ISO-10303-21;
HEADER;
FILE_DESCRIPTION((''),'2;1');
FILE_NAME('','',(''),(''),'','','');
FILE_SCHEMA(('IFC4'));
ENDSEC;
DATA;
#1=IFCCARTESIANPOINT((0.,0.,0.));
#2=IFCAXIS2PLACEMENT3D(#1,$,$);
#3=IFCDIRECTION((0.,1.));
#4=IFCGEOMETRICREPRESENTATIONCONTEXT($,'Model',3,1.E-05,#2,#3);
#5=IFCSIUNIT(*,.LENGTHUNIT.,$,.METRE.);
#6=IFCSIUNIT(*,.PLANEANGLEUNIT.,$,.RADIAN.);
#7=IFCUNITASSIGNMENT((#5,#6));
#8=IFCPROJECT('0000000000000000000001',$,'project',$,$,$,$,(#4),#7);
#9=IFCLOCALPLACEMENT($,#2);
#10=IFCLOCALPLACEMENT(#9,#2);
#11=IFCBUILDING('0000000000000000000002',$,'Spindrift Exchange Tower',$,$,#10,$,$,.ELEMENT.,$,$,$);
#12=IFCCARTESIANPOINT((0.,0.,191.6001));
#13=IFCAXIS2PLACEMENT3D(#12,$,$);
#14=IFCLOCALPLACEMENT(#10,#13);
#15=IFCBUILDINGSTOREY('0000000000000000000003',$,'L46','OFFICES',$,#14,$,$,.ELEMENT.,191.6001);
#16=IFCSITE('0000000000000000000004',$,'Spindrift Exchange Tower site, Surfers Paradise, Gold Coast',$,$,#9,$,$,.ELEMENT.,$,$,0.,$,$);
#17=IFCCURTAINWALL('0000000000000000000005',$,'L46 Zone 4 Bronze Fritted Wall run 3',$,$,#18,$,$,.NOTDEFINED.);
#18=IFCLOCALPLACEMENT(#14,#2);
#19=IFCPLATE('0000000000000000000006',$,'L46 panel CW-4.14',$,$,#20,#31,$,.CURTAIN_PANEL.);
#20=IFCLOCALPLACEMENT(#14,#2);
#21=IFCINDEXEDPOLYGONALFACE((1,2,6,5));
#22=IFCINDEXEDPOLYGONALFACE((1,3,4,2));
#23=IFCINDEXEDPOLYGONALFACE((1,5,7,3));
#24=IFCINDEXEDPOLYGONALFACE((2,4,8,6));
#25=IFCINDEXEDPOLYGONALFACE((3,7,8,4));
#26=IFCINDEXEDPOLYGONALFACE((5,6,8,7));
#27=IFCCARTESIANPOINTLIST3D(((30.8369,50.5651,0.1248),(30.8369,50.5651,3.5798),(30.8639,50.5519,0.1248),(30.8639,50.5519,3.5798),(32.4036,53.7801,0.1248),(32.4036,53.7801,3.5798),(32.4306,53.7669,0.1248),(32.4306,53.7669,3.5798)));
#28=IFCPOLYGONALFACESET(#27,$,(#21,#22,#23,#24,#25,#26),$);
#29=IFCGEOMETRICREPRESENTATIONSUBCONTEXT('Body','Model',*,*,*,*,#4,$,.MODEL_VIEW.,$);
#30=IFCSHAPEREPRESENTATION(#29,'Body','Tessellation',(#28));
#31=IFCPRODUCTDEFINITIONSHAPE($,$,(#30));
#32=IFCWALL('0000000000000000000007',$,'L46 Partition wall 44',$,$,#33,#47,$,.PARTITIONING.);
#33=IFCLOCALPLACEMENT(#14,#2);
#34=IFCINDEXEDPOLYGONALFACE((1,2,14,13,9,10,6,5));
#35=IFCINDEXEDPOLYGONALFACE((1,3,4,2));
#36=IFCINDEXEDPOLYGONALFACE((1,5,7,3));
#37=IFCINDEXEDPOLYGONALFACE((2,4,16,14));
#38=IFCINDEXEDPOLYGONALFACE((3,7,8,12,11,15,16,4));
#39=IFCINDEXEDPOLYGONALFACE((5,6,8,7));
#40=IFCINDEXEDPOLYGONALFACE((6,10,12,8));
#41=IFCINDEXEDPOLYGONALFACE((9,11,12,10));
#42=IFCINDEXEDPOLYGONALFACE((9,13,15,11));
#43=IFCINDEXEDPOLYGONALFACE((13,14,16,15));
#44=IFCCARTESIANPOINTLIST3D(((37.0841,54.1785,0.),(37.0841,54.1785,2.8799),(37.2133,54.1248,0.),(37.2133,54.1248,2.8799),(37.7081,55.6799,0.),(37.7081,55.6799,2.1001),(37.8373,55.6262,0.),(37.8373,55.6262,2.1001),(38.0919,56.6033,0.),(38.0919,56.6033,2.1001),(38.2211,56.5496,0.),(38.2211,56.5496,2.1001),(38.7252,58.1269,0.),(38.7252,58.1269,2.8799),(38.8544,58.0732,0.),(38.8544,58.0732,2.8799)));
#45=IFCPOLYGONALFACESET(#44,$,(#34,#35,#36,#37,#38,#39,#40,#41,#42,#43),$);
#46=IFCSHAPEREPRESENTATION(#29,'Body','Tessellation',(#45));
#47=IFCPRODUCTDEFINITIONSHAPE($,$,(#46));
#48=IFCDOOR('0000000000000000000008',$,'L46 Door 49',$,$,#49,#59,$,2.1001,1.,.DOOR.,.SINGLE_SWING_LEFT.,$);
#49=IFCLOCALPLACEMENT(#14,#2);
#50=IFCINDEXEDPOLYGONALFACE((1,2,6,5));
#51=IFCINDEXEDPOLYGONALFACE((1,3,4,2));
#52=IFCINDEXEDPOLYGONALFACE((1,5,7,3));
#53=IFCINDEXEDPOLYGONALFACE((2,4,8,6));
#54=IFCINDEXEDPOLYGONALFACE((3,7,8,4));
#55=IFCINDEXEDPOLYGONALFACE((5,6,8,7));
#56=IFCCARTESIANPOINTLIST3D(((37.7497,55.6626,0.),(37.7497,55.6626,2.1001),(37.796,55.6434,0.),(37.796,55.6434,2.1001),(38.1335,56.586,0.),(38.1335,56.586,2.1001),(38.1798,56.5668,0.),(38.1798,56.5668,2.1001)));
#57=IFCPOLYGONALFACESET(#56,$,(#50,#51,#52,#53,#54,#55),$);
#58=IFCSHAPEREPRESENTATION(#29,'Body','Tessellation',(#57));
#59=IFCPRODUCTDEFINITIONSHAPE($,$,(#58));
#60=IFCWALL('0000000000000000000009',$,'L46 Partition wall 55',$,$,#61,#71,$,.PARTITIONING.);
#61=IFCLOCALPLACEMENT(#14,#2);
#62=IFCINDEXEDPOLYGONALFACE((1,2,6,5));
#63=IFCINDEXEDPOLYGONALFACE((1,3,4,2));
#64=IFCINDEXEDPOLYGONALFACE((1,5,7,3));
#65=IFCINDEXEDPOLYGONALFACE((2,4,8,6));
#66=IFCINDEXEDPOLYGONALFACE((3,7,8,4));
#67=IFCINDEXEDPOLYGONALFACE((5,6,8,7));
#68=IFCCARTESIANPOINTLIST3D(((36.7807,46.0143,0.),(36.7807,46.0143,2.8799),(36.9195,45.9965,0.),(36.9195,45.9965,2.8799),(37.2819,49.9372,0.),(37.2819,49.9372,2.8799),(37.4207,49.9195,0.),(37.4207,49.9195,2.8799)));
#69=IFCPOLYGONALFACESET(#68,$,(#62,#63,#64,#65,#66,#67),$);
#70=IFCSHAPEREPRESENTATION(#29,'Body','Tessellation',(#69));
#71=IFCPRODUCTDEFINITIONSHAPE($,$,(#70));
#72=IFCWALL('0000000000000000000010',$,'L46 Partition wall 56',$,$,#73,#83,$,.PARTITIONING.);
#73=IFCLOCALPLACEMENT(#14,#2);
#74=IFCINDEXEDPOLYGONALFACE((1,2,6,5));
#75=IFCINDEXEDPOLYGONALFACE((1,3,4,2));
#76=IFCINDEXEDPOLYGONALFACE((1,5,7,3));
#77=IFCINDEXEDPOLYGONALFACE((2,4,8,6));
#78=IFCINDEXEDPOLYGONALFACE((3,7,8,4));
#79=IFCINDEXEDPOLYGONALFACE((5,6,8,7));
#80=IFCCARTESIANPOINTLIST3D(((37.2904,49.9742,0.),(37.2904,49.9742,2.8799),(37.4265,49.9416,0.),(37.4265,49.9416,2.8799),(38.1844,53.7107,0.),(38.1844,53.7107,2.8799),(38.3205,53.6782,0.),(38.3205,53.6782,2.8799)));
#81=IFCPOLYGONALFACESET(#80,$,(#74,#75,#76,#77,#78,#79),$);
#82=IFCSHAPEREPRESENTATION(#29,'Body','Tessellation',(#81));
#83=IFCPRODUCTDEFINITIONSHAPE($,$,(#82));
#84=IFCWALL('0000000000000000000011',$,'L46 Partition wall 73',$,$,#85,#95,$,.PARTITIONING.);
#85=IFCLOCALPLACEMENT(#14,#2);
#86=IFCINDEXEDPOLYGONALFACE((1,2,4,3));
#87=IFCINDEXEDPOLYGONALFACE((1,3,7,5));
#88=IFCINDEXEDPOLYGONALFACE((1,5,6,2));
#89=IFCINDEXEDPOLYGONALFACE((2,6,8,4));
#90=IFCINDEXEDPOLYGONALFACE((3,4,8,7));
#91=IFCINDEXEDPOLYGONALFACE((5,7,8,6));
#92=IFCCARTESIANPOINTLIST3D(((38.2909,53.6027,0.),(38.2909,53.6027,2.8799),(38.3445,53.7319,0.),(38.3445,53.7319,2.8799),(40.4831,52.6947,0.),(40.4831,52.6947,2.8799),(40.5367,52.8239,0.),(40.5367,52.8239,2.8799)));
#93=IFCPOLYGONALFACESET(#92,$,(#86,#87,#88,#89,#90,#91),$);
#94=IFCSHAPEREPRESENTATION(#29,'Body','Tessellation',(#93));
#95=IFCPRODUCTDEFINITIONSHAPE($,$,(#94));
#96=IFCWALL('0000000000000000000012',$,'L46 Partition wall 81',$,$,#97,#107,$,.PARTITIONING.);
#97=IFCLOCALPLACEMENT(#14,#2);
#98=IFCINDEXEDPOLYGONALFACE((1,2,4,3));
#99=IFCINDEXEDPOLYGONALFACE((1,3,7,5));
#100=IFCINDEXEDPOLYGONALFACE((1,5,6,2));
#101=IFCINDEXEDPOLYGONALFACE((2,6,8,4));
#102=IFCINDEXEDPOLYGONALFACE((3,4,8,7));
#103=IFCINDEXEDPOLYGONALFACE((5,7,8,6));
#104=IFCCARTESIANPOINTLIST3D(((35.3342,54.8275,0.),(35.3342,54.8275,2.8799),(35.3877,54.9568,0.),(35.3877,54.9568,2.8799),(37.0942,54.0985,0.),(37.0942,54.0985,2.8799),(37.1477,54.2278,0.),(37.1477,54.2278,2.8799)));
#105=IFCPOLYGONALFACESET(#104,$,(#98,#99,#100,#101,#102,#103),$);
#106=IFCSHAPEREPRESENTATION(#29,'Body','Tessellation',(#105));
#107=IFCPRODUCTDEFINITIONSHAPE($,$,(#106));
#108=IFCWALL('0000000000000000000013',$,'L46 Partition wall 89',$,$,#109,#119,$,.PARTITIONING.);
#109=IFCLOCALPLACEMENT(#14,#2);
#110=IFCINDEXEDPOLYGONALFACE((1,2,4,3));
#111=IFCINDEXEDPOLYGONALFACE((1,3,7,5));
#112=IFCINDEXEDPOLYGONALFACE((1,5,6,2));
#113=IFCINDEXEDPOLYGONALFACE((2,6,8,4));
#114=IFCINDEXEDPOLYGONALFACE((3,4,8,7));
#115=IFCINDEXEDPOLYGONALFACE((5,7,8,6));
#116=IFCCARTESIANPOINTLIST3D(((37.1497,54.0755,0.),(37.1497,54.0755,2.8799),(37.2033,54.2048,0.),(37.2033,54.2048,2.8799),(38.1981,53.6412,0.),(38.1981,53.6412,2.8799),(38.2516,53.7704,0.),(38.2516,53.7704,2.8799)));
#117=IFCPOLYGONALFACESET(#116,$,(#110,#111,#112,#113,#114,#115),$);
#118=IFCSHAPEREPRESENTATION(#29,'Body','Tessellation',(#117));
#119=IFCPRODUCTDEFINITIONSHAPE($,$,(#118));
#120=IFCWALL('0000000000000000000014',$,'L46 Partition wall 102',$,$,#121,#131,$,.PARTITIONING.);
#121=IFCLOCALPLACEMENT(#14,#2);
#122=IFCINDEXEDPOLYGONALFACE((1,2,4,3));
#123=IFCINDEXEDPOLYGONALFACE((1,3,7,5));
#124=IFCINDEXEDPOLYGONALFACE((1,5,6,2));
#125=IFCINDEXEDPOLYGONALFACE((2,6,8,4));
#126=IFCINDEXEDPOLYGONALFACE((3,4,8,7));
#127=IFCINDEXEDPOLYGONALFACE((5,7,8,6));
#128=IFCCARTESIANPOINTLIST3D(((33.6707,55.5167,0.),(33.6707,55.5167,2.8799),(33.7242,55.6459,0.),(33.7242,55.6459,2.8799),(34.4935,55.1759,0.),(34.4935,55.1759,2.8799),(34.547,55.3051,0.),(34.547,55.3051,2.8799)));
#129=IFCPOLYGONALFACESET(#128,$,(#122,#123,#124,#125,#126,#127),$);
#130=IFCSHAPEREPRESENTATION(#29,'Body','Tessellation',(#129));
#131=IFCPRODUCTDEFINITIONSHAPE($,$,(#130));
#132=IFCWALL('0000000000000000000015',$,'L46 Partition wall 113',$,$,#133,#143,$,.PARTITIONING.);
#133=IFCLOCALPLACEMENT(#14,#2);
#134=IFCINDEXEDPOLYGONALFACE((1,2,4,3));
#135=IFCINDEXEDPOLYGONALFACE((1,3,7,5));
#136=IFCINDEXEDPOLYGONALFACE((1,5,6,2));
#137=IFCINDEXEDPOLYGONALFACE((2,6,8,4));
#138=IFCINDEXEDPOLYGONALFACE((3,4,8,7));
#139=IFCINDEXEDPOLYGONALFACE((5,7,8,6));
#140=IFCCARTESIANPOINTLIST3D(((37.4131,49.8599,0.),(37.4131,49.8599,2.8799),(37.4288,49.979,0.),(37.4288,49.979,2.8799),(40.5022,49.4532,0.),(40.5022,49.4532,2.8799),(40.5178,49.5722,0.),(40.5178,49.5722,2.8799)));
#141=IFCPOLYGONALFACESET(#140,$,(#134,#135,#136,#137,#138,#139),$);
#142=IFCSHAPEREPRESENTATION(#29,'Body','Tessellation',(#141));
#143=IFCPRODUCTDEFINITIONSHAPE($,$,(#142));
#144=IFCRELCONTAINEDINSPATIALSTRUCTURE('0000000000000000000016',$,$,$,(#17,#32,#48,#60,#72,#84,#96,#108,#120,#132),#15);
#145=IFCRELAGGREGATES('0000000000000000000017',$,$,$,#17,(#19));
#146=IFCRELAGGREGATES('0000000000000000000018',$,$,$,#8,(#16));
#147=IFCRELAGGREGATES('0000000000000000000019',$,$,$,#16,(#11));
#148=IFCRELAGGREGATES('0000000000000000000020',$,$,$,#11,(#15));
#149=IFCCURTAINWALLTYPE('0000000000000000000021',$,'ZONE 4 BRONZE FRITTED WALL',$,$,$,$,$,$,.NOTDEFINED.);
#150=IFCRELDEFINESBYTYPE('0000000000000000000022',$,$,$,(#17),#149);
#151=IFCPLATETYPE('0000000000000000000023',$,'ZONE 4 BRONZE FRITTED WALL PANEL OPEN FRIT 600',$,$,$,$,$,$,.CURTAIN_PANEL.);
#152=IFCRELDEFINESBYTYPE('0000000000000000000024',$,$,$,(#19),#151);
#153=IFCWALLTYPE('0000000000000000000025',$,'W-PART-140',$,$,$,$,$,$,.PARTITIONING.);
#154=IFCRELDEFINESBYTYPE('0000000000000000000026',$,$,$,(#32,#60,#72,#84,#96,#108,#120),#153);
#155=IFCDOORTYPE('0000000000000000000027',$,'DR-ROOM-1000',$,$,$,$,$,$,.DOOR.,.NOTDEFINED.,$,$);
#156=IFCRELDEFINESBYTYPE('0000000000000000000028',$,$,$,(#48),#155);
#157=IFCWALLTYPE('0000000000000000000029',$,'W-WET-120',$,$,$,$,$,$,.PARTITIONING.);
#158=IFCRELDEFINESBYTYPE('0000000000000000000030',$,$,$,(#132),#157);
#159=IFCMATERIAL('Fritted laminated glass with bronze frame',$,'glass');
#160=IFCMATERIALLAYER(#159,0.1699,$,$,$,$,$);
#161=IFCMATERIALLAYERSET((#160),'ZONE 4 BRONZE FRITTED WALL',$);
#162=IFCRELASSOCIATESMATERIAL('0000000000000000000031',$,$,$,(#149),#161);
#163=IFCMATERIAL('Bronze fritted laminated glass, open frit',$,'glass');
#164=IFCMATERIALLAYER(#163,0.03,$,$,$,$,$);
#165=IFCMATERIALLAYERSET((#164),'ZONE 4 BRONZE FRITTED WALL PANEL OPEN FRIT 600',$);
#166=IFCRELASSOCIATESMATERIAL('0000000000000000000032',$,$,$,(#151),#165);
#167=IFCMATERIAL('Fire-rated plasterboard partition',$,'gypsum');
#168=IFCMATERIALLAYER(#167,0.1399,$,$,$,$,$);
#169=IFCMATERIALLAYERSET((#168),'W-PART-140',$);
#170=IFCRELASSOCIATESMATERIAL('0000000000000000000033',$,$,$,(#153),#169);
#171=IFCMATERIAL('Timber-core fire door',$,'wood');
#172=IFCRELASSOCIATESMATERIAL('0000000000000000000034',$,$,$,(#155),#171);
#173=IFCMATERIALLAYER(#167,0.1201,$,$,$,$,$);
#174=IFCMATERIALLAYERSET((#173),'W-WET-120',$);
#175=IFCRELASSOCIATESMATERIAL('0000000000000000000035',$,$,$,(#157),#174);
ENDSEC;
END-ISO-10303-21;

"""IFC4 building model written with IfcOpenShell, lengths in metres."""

from ifc_helpers import new_model, si_unit, direction, frame, frame_2d, origin, origin_2d, place, context, subcontext, project, spatial, rectangle, extrude, source, transform, mapped, material, layer, layer_set, type_object, element, fill, aggregate, save


model = new_model("IFC4")

# Units and contexts
model_context = context("Model", 3, precision=1e-05, world=origin(), true_north=direction((0.0, 1.0)))
body_context = subcontext(model_context, "Body", "Model", "MODEL_VIEW")
ifc_project = project(units=[si_unit("LENGTHUNIT", "METRE"), si_unit("PLANEANGLEUNIT", "RADIAN")], contexts=[model_context])

# Site, building, storey
site_placement = place(None, origin())
site = spatial("IfcSite", under=ifc_project, at=site_placement, Name="Spindrift Exchange Tower site, Surfers Paradise, Gold Coast", CompositionType="ELEMENT", RefElevation=0.0)
building_placement = place(site_placement, origin())
building = spatial("IfcBuilding", under=site, at=building_placement, Name="Spindrift Exchange Tower", CompositionType="ELEMENT")
storey_placement = place(building_placement, frame((0.0, 0.0, 191.6001)))
storey = spatial("IfcBuildingStorey", under=building, at=storey_placement, Name="L46", Description="OFFICES", CompositionType="ELEMENT", Elevation=191.6001)

# Curtain wall, plate
ifc_material_1 = material(Name="Fritted laminated glass with bronze frame", Category="glass")
ifc_layer_1 = layer(ifc_material_1, 0.1699)
ifc_layer_set_1 = layer_set([ifc_layer_1], Name="ZONE 4 BRONZE FRITTED WALL")
curtain_wall_type = type_object("IfcCurtainWallType", Name="ZONE 4 BRONZE FRITTED WALL", PredefinedType="NOTDEFINED", material=ifc_layer_set_1)
curtain_wall_placement = place(storey_placement, origin())
curtain_wall = element("IfcCurtainWall", 1, at=curtain_wall_placement, inside=storey, type_object=curtain_wall_type, Name="L46 Zone 4 Bronze Fritted Wall run 3", PredefinedType="NOTDEFINED")
ifc_material_2 = material(Name="Bronze fritted laminated glass, open frit", Category="glass")
ifc_layer_2 = layer(ifc_material_2, 0.03)
ifc_layer_set_2 = layer_set([ifc_layer_2], Name="ZONE 4 BRONZE FRITTED WALL PANEL OPEN FRIT 600")
plate_type_1 = type_object("IfcPlateType", Name="ZONE 4 BRONZE FRITTED WALL PANEL OPEN FRIT 600", PredefinedType="CURTAIN_PANEL", material=ifc_layer_set_2)
shared_shape_1 = source(origin(), body_context, "Body", "SweptSolid", [
    extrude(rectangle(XDim=3.5764, YDim=0.03, at=origin_2d()), origin(), (0.0, 0.0, 1.0), 3.4551),
])
plate_1_placement = place(storey_placement, frame((31.6338, 52.166, 0.1248), z_axis=(0.0, 0.0, 1.0), x_axis=(-0.438062, -0.898945, 0.0)))
plate_1 = element("IfcPlate", 2, at=plate_1_placement, type_object=plate_type_1, Name="L46 panel CW-4.14", PredefinedType="CURTAIN_PANEL", context=body_context, shape_type="MappedRepresentation", body=[
    mapped(shared_shape_1, transform((0.0, 0.0, 0.0), scale=1.0)),
])
aggregate(curtain_wall, [plate_1])

# Wall, opening, door
ifc_material_3 = material(Name="Fire-rated plasterboard partition", Category="gypsum")
ifc_layer_3 = layer(ifc_material_3, 0.1399)
ifc_layer_set_3 = layer_set([ifc_layer_3], Name="W-PART-140")
wall_type_1 = type_object("IfcWallType", Name="W-PART-140", PredefinedType="PARTITIONING", material=ifc_layer_set_3)
wall_1_placement = place(storey_placement, frame((37.1487, 54.1516, 0.0), z_axis=(0.0, 0.0, 1.0), x_axis=(0.3838, 0.923416, 0.0)))
wall_1 = element("IfcWall", 3, at=wall_1_placement, inside=storey, type_object=wall_type_1, Name="L46 Partition wall 44", PredefinedType="PARTITIONING", context=body_context, shape_type="SweptSolid", body=[
    extrude(rectangle(XDim=4.2759, YDim=0.1399, at=frame_2d((2.1379, 0.0))), origin(), (0.0, 0.0, 1.0), 2.8799),
])
opening_placement = place(wall_1_placement, frame((1.626, 0.0, 0.0)))
opening = element("IfcOpeningElement", 4, at=opening_placement, cuts=wall_1, PredefinedType="OPENING", context=body_context, shape_type="SweptSolid", body=[
    extrude(rectangle(XDim=1.0, YDim=2.1001, at=frame_2d((0.5, 1.05))), frame((0.0, 0.0798, 0.0), z_axis=(0.0, -1.0, 0.0), x_axis=(1.0, 0.0, 0.0)), (0.0, 0.0, 1.0), 0.1599),
])
ifc_material_4 = material(Name="Timber-core fire door", Category="wood")
door_type = type_object("IfcDoorType", Name="DR-ROOM-1000", OperationType="NOTDEFINED", PredefinedType="DOOR", material=ifc_material_4)
shared_shape_2 = source(origin(), body_context, "Body", "SweptSolid", [
    extrude(rectangle(XDim=1.0, YDim=2.1001, at=frame_2d((0.5, 1.05))), frame((0.0, 0.0249, 0.0), z_axis=(0.0, -1.0, 0.0), x_axis=(1.0, 0.0, 0.0)), (0.0, 0.0, 1.0), 0.05),
])
door_placement = place(opening_placement, origin())
door = element("IfcDoor", 5, at=door_placement, inside=storey, type_object=door_type, Name="L46 Door 49", OperationType="SINGLE_SWING_LEFT", OverallHeight=2.1001, OverallWidth=1.0, PredefinedType="DOOR", context=body_context, shape_type="MappedRepresentation", body=[
    mapped(shared_shape_2, transform((0.0, 0.0, 0.0), scale=1.0)),
])
fill(opening, door)

# Walls
wall_2_placement = place(storey_placement, frame((37.3513, 49.9285, 0.0), z_axis=(0.0, 0.0, 1.0), x_axis=(-0.126739, -0.991936, 0.0)))
element("IfcWall", 6, at=wall_2_placement, inside=storey, type_object=wall_type_1, Name="L46 Partition wall 55", PredefinedType="PARTITIONING", context=body_context, shape_type="SweptSolid", body=[
    extrude(rectangle(XDim=3.9548, YDim=0.1399, at=frame_2d((1.9775, 0.0))), origin(), (0.0, 0.0, 1.0), 2.8799),
])
wall_3_placement = place(storey_placement, frame((38.2524, 53.6943, 0.0), z_axis=(0.0, 0.0, 1.0), x_axis=(-0.2327, -0.972549, 0.0)))
element("IfcWall", 7, at=wall_3_placement, inside=storey, type_object=wall_type_1, Name="L46 Partition wall 56", PredefinedType="PARTITIONING", context=body_context, shape_type="SweptSolid", body=[
    extrude(rectangle(XDim=3.842, YDim=0.1399, at=frame_2d((1.9209, 0.0))), origin(), (0.0, 0.0, 1.0), 2.8799),
])
wall_4_placement = place(storey_placement, frame((40.51, 52.7593, 0.0), z_axis=(0.0, 0.0, 1.0), x_axis=(-0.923888, 0.382664, 0.0)))
element("IfcWall", 8, at=wall_4_placement, inside=storey, type_object=wall_type_1, Name="L46 Partition wall 73", PredefinedType="PARTITIONING", context=body_context, shape_type="SweptSolid", body=[
    extrude(rectangle(XDim=2.3728, YDim=0.1399, at=frame_2d((1.1865, 0.0))), origin(), (0.0, 0.0, 1.0), 2.8799),
])
wall_5_placement = place(storey_placement, frame((37.1211, 54.1631, 0.0), z_axis=(0.0, 0.0, 1.0), x_axis=(-0.923883, 0.382676, 0.0)))
element("IfcWall", 9, at=wall_5_placement, inside=storey, type_object=wall_type_1, Name="L46 Partition wall 81", PredefinedType="PARTITIONING", context=body_context, shape_type="SweptSolid", body=[
    extrude(rectangle(XDim=1.905, YDim=0.1399, at=frame_2d((0.9526, 0.0))), origin(), (0.0, 0.0, 1.0), 2.8799),
])
wall_6_placement = place(storey_placement, frame((38.2249, 53.7058, 0.0), z_axis=(0.0, 0.0, 1.0), x_axis=(-0.923852, 0.382751, 0.0)))
element("IfcWall", 10, at=wall_6_placement, inside=storey, type_object=wall_type_1, Name="L46 Partition wall 89", PredefinedType="PARTITIONING", context=body_context, shape_type="SweptSolid", body=[
    extrude(rectangle(XDim=1.1348, YDim=0.1399, at=frame_2d((0.5674, 0.0))), origin(), (0.0, 0.0, 1.0), 2.8799),
])
wall_7_placement = place(storey_placement, frame((34.5203, 55.2405, 0.0), z_axis=(0.0, 0.0, 1.0), x_axis=(-0.92387, 0.382707, 0.0)))
element("IfcWall", 11, at=wall_7_placement, inside=storey, type_object=wall_type_1, Name="L46 Partition wall 102", PredefinedType="PARTITIONING", context=body_context, shape_type="SweptSolid", body=[
    extrude(rectangle(XDim=0.8906, YDim=0.1399, at=frame_2d((0.4453, 0.0))), origin(), (0.0, 0.0, 1.0), 2.8799),
])
ifc_layer_4 = layer(ifc_material_3, 0.1201)
ifc_layer_set_4 = layer_set([ifc_layer_4], Name="W-WET-120")
wall_type_2 = type_object("IfcWallType", Name="W-WET-120", PredefinedType="PARTITIONING", material=ifc_layer_set_4)
wall_8_placement = place(storey_placement, frame((40.51, 49.5127, 0.0), z_axis=(0.0, 0.0, 1.0), x_axis=(-0.991443, 0.130542, 0.0)))
element("IfcWall", 12, at=wall_8_placement, inside=storey, type_object=wall_type_2, Name="L46 Partition wall 113", PredefinedType="PARTITIONING", context=body_context, shape_type="SweptSolid", body=[
    extrude(rectangle(XDim=3.1157, YDim=0.1201, at=frame_2d((1.5579, 0.0))), origin(), (0.0, 0.0, 1.0), 2.8799),
])

save(model, "model.ifc")
